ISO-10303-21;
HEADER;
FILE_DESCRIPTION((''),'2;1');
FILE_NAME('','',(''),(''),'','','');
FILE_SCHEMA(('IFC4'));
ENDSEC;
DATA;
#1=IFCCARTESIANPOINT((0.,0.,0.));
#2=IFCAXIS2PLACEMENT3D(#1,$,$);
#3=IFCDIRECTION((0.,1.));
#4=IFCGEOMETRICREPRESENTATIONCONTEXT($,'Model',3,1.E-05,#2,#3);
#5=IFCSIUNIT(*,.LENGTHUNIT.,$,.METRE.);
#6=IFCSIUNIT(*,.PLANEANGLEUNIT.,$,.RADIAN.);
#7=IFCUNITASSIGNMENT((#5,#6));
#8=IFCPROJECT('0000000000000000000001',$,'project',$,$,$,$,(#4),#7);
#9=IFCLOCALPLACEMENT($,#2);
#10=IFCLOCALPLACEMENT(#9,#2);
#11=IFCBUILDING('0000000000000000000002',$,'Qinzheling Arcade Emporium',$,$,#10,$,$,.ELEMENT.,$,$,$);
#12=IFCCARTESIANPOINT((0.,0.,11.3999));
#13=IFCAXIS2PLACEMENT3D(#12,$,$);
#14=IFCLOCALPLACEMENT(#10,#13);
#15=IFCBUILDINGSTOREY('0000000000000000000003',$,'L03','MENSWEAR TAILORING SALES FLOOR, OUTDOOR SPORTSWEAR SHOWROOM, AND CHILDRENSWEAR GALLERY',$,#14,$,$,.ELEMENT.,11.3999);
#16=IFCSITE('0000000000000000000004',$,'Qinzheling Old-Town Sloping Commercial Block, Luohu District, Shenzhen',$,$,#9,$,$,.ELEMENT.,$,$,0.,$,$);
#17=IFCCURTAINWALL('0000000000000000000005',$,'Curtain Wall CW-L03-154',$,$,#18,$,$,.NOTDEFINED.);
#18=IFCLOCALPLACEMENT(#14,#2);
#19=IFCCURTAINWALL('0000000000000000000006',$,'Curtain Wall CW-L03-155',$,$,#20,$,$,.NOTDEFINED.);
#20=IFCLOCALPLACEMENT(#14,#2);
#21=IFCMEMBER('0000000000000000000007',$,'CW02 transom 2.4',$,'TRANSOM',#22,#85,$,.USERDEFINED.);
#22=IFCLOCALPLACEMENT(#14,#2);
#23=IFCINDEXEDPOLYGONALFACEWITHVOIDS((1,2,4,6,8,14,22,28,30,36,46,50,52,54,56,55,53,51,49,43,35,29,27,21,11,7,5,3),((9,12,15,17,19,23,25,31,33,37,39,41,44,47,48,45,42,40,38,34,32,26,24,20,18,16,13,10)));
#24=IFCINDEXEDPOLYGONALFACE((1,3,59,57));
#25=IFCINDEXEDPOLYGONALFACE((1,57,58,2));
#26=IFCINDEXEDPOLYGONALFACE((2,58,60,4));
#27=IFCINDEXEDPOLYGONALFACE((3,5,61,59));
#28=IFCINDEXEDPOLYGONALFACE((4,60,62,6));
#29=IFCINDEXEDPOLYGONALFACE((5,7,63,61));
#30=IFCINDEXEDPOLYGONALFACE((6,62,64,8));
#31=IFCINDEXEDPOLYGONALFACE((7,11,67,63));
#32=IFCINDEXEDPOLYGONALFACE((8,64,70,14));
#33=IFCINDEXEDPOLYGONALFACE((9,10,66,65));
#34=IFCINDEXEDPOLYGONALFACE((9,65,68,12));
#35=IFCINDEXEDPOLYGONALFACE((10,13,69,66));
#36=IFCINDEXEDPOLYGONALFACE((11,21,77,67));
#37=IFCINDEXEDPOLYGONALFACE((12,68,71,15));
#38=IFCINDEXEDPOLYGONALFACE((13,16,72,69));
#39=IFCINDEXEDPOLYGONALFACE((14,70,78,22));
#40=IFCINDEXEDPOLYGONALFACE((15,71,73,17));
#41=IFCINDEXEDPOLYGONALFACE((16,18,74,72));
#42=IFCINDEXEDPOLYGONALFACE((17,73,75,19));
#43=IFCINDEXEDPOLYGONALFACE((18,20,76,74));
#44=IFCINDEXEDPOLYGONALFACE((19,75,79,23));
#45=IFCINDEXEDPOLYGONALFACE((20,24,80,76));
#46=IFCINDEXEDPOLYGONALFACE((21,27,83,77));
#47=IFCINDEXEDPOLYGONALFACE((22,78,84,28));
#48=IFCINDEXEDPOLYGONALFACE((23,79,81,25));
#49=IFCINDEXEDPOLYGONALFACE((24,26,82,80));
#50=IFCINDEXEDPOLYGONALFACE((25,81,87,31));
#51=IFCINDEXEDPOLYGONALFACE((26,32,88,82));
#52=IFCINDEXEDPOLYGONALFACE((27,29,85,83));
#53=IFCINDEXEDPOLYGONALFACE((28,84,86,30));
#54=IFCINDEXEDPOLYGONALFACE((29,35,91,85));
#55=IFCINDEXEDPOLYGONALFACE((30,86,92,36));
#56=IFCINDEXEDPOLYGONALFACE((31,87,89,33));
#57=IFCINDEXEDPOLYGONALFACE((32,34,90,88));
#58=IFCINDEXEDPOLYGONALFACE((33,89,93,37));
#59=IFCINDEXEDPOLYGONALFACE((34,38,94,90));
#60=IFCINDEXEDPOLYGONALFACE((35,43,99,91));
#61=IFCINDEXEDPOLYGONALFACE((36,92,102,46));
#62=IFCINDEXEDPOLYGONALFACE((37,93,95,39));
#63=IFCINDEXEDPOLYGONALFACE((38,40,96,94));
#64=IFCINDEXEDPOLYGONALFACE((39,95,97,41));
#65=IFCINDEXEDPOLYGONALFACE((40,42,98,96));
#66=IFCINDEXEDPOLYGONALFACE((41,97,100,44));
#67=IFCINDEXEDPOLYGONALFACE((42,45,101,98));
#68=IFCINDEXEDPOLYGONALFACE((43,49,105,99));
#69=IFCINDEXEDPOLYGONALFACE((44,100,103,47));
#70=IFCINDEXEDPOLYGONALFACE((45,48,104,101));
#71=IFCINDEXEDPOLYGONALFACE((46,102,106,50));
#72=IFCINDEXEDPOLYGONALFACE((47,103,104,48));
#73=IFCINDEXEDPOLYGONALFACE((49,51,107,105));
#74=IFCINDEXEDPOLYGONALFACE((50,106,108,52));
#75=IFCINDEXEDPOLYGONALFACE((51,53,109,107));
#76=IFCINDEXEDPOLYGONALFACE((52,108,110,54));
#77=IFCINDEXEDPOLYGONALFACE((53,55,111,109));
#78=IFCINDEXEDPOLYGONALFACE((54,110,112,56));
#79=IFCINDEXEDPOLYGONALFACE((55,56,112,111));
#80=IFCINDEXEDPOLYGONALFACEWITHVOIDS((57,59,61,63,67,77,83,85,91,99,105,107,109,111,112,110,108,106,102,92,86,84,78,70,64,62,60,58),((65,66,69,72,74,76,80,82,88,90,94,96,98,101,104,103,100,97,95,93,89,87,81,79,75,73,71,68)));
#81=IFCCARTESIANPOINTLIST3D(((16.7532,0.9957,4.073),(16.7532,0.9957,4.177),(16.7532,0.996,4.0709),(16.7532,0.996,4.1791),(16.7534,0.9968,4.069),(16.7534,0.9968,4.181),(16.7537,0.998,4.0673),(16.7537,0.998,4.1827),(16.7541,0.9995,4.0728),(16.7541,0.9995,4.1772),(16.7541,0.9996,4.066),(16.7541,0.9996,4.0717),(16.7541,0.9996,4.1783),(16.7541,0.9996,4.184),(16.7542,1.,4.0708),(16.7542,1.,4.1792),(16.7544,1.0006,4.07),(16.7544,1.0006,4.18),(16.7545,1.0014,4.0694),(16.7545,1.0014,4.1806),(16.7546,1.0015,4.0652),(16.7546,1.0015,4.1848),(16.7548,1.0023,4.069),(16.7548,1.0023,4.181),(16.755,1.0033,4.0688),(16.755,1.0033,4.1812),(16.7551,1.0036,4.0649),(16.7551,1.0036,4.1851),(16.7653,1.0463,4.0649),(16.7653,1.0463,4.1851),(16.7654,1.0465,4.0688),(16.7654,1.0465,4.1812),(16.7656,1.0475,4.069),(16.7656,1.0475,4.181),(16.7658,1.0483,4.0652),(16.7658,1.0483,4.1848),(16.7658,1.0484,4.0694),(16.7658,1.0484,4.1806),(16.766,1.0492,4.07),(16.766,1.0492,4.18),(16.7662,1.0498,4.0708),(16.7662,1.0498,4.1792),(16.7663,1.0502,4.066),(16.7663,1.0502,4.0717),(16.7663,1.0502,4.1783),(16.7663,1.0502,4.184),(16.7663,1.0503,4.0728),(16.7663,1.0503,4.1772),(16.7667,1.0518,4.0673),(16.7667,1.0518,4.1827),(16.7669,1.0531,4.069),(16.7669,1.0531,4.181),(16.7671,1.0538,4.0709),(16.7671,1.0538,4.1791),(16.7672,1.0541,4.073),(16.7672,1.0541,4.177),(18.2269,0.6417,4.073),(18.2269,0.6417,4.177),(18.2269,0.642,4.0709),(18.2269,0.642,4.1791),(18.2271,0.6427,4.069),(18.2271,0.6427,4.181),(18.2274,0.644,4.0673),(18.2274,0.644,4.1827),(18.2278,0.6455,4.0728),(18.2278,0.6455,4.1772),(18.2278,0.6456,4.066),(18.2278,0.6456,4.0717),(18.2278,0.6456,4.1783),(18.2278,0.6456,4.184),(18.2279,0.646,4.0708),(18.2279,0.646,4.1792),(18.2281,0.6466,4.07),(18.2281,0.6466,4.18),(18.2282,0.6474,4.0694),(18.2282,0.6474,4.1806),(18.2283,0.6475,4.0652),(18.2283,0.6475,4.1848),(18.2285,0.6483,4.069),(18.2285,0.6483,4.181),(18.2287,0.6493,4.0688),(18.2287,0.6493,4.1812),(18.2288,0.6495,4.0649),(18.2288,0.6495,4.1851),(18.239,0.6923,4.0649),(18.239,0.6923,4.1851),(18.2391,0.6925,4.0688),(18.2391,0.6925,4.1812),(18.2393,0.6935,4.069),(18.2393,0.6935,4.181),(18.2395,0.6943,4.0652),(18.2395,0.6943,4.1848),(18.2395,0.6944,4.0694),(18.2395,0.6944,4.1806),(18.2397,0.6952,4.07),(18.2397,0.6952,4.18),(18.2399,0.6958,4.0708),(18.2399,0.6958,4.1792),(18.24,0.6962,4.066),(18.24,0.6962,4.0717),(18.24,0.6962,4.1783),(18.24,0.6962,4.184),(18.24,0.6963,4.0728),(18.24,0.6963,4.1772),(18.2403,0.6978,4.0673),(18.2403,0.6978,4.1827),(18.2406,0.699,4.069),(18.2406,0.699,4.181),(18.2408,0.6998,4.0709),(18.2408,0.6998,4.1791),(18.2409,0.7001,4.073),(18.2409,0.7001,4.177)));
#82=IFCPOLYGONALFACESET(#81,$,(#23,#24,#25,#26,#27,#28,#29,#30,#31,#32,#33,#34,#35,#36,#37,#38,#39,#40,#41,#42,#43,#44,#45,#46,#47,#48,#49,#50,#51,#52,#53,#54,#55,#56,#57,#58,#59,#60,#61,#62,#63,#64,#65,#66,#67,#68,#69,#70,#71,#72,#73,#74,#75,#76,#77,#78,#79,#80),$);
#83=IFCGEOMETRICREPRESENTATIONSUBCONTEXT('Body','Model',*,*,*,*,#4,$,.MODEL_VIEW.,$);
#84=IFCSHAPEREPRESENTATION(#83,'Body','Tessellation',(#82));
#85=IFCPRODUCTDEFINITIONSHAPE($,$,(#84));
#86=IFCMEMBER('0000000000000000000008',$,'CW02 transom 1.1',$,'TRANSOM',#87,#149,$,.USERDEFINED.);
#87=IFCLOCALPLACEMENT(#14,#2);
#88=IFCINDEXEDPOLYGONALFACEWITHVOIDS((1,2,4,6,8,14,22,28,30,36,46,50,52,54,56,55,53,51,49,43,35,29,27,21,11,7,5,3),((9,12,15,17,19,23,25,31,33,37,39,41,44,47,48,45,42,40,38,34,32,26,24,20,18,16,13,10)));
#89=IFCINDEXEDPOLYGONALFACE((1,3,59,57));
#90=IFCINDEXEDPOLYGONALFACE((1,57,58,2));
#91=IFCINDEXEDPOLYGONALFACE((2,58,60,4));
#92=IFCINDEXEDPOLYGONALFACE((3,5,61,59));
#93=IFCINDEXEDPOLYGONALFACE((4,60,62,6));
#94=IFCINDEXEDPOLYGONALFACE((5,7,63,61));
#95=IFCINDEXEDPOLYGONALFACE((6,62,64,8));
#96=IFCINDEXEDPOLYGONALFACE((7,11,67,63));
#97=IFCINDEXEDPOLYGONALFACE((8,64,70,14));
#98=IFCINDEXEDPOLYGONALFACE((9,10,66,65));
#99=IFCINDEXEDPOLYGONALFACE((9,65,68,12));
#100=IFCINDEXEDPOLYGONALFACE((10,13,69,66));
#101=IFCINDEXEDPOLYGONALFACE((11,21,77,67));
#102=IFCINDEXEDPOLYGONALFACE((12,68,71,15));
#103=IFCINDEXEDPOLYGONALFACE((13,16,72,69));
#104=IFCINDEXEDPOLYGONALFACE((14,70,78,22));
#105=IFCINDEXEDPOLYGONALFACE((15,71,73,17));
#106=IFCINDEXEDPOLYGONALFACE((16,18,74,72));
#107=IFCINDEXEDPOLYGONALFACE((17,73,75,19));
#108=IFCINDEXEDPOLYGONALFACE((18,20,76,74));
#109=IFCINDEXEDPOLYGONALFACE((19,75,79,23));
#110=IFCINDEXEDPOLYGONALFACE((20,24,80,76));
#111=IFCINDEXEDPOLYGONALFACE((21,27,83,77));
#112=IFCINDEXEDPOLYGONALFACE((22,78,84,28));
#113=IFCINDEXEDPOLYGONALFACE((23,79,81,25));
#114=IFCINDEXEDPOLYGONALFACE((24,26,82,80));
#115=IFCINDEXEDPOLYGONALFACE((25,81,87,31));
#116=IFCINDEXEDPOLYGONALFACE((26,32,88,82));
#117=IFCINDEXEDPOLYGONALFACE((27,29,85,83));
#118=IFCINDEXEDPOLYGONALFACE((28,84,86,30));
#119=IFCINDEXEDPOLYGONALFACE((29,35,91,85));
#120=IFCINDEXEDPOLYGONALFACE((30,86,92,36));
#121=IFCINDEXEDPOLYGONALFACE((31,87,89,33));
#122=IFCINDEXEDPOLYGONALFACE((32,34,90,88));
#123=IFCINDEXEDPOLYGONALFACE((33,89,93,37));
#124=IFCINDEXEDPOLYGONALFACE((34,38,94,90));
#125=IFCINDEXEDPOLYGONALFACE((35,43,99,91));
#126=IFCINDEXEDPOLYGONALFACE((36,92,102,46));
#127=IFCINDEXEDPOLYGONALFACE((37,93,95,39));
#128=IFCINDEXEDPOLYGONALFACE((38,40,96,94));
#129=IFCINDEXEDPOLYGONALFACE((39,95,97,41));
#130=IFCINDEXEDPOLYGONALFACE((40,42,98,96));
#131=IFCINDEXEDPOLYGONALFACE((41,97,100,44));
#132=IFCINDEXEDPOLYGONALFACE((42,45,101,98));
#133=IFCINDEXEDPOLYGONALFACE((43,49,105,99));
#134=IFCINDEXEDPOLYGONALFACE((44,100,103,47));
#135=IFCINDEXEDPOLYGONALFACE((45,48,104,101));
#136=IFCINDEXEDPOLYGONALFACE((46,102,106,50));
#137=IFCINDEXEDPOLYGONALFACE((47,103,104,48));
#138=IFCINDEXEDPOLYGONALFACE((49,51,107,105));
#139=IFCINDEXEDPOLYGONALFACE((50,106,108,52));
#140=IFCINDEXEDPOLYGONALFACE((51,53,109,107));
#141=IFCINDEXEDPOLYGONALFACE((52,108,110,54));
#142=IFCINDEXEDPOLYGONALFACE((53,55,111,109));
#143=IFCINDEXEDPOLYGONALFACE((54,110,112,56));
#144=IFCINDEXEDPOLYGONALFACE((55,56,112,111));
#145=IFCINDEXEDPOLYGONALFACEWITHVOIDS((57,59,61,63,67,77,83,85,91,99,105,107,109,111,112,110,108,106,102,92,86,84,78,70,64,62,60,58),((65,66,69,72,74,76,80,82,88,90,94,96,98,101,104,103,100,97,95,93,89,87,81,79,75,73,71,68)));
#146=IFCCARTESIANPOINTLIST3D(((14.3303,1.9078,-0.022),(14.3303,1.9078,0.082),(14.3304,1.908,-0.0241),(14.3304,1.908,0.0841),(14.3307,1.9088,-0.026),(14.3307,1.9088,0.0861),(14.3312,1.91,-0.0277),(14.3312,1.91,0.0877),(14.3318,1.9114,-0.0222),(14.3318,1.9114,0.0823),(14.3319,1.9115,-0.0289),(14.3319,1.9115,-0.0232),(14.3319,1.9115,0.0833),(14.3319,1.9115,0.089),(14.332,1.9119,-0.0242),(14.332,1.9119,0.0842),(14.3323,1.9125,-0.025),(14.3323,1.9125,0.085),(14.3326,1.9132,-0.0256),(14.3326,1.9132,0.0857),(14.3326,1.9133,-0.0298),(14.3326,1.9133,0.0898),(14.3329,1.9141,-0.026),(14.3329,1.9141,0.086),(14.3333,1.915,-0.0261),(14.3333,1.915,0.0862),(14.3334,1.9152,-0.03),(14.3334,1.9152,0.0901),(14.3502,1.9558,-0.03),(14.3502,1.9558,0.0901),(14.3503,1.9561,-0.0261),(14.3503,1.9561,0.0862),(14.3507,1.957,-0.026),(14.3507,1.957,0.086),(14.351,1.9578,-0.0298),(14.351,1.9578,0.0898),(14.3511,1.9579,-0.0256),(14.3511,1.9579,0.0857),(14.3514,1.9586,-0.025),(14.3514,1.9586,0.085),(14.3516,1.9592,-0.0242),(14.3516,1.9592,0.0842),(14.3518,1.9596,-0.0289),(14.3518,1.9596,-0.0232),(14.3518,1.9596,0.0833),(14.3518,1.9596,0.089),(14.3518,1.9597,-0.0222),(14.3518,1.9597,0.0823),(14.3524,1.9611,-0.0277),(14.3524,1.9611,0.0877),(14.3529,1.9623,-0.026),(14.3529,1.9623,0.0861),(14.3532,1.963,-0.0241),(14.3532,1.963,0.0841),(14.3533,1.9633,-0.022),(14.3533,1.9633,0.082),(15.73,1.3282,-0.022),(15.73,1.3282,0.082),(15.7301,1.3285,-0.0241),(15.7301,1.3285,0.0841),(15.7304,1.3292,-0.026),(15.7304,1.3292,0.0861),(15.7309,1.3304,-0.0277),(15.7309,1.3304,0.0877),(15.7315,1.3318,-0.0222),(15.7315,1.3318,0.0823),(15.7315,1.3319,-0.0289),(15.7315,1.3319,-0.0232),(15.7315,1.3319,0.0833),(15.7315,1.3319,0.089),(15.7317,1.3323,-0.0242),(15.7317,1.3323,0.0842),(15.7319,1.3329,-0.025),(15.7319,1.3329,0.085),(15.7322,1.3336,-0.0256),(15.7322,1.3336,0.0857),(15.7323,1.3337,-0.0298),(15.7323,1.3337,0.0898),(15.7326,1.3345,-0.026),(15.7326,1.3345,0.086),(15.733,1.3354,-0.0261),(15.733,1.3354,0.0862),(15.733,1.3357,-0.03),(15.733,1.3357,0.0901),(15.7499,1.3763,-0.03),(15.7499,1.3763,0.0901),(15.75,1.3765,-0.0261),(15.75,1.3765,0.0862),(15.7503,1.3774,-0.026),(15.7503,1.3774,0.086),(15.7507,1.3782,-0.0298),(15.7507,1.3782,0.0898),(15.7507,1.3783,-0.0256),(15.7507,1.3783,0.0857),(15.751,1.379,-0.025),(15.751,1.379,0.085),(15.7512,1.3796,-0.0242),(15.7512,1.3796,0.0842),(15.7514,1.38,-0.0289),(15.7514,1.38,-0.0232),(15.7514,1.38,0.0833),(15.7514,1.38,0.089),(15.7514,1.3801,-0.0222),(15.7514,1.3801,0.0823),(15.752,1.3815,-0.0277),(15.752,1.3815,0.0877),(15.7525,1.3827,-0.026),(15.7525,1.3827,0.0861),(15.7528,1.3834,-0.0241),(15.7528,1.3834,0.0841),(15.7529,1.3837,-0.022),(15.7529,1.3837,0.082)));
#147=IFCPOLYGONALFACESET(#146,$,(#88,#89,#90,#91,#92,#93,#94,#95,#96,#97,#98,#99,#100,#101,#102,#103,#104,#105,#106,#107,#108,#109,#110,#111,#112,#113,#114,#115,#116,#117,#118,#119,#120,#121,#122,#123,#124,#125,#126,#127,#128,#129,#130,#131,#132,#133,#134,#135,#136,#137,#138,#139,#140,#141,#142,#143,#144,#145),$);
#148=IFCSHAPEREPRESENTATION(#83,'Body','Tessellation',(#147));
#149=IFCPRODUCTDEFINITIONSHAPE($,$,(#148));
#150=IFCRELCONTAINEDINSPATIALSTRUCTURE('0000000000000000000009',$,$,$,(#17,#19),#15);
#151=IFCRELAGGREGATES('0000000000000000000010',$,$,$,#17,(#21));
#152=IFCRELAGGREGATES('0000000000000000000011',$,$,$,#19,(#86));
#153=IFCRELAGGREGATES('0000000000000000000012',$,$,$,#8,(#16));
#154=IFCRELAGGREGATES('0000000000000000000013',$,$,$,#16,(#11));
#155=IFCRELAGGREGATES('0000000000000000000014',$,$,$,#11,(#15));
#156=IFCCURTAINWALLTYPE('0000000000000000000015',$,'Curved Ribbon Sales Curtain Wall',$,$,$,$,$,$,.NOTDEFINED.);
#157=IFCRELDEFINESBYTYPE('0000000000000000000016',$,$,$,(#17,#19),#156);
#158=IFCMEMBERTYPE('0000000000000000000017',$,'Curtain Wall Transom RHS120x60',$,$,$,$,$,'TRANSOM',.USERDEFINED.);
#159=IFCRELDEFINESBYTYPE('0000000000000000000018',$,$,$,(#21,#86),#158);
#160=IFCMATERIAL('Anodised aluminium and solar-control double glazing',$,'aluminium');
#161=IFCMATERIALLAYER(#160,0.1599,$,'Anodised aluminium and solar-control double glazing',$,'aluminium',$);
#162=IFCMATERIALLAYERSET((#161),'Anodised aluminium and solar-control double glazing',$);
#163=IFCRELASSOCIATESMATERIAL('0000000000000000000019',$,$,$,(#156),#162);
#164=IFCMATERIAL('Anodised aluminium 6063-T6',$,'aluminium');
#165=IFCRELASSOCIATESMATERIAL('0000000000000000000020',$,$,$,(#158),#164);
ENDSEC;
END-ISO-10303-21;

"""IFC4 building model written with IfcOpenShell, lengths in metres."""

from ifc_helpers import new_model, si_unit, direction, frame, origin, origin_2d, place, context, subcontext, project, spatial, hollow_rectangle, extrude, material, layer, layer_set, material_profile, profile_set, type_object, element, aggregate, save


model = new_model("IFC4")

# Units and contexts
model_context = context("Model", 3, precision=1e-05, world=origin(), true_north=direction((0.0, 1.0)))
body_context = subcontext(model_context, "Body", "Model", "MODEL_VIEW")
ifc_project = project(units=[si_unit("LENGTHUNIT", "METRE"), si_unit("PLANEANGLEUNIT", "RADIAN")], contexts=[model_context])

# Site, building, storey
site_placement = place(None, origin())
site = spatial("IfcSite", under=ifc_project, at=site_placement, Name="Qinzheling Old-Town Sloping Commercial Block, Luohu District, Shenzhen", CompositionType="ELEMENT", RefElevation=0.0)
building_placement = place(site_placement, origin())
building = spatial("IfcBuilding", under=site, at=building_placement, Name="Qinzheling Arcade Emporium", CompositionType="ELEMENT")
storey_placement = place(building_placement, frame((0.0, 0.0, 11.3999)))
storey = spatial("IfcBuildingStorey", under=building, at=storey_placement, Name="L03", Description="MENSWEAR TAILORING SALES FLOOR, OUTDOOR SPORTSWEAR SHOWROOM, AND CHILDRENSWEAR GALLERY", CompositionType="ELEMENT", Elevation=11.3999)

# Curtain walls
ifc_material_1 = material(Name="Anodised aluminium and solar-control double glazing", Category="aluminium")
ifc_layer_1 = layer(ifc_material_1, 0.1599, Name="Anodised aluminium and solar-control double glazing", Category="aluminium")
ifc_layer_set_1 = layer_set([ifc_layer_1], Name="Anodised aluminium and solar-control double glazing")
curtain_wall_type = type_object("IfcCurtainWallType", Name="Curved Ribbon Sales Curtain Wall", PredefinedType="NOTDEFINED", material=ifc_layer_set_1)
curtain_wall_1_placement = place(storey_placement, origin())
curtain_wall_1 = element("IfcCurtainWall", 1, at=curtain_wall_1_placement, inside=storey, type_object=curtain_wall_type, Name="Curtain Wall CW-L03-154", PredefinedType="NOTDEFINED")
ifc_material_2 = material(Name="Anodised aluminium 6063-T6", Category="aluminium")
curtain_wall_2_placement = place(storey_placement, origin())
curtain_wall_2 = element("IfcCurtainWall", 2, at=curtain_wall_2_placement, inside=storey, type_object=curtain_wall_type, Name="Curtain Wall CW-L03-155", PredefinedType="NOTDEFINED")

# Members
ifc_material_profile_1 = material_profile(ifc_material_2, hollow_rectangle(XDim=0.0601, YDim=0.1201, WallThickness=0.0039, InnerFilletRadius=0.0039, OuterFilletRadius=0.0081, at=origin_2d()), Name="RHS 120x60x4", Category="aluminium")
ifc_profile_set_1 = profile_set([ifc_material_profile_1], Name="Anodised aluminium 6063-T6")
member_type_1 = type_object("IfcMemberType", Name="Curtain Wall Transom RHS120x60", ElementType="TRANSOM", PredefinedType="USERDEFINED", material=ifc_profile_set_1)
member_1_placement = place(storey_placement, frame((18.2339, 0.6709, 4.125), z_axis=(-0.972338, 0.23358, 0.0), x_axis=(-0.23358, -0.972338, 0.0)))
member_1 = element("IfcMember", 3, at=member_1_placement, type_object=member_type_1, Name="CW02 transom 2.4", ObjectType="TRANSOM", PredefinedType="USERDEFINED", context=body_context, shape_type="SweptSolid", body=[
    extrude(hollow_rectangle(XDim=0.0601, YDim=0.1201, WallThickness=0.0039, InnerFilletRadius=0.0039, OuterFilletRadius=0.0081, at=origin_2d()), origin(), (0.0, 0.0, 1.0), 1.5156),
])
member_2_placement = place(storey_placement, frame((15.7415, 1.356, 0.03), z_axis=(-0.923919, 0.382589, 0.0), x_axis=(-0.382589, -0.923919, 0.0)))
member_2 = element("IfcMember", 4, at=member_2_placement, type_object=member_type_1, Name="CW02 transom 1.1", ObjectType="TRANSOM", PredefinedType="USERDEFINED", context=body_context, shape_type="SweptSolid", body=[
    extrude(hollow_rectangle(XDim=0.0601, YDim=0.1201, WallThickness=0.0039, InnerFilletRadius=0.0039, OuterFilletRadius=0.0081, at=origin_2d()), origin(), (0.0, 0.0, 1.0), 1.5149),
])

aggregate(curtain_wall_1, [member_1])
aggregate(curtain_wall_2, [member_2])

save(model, "model.ifc")
